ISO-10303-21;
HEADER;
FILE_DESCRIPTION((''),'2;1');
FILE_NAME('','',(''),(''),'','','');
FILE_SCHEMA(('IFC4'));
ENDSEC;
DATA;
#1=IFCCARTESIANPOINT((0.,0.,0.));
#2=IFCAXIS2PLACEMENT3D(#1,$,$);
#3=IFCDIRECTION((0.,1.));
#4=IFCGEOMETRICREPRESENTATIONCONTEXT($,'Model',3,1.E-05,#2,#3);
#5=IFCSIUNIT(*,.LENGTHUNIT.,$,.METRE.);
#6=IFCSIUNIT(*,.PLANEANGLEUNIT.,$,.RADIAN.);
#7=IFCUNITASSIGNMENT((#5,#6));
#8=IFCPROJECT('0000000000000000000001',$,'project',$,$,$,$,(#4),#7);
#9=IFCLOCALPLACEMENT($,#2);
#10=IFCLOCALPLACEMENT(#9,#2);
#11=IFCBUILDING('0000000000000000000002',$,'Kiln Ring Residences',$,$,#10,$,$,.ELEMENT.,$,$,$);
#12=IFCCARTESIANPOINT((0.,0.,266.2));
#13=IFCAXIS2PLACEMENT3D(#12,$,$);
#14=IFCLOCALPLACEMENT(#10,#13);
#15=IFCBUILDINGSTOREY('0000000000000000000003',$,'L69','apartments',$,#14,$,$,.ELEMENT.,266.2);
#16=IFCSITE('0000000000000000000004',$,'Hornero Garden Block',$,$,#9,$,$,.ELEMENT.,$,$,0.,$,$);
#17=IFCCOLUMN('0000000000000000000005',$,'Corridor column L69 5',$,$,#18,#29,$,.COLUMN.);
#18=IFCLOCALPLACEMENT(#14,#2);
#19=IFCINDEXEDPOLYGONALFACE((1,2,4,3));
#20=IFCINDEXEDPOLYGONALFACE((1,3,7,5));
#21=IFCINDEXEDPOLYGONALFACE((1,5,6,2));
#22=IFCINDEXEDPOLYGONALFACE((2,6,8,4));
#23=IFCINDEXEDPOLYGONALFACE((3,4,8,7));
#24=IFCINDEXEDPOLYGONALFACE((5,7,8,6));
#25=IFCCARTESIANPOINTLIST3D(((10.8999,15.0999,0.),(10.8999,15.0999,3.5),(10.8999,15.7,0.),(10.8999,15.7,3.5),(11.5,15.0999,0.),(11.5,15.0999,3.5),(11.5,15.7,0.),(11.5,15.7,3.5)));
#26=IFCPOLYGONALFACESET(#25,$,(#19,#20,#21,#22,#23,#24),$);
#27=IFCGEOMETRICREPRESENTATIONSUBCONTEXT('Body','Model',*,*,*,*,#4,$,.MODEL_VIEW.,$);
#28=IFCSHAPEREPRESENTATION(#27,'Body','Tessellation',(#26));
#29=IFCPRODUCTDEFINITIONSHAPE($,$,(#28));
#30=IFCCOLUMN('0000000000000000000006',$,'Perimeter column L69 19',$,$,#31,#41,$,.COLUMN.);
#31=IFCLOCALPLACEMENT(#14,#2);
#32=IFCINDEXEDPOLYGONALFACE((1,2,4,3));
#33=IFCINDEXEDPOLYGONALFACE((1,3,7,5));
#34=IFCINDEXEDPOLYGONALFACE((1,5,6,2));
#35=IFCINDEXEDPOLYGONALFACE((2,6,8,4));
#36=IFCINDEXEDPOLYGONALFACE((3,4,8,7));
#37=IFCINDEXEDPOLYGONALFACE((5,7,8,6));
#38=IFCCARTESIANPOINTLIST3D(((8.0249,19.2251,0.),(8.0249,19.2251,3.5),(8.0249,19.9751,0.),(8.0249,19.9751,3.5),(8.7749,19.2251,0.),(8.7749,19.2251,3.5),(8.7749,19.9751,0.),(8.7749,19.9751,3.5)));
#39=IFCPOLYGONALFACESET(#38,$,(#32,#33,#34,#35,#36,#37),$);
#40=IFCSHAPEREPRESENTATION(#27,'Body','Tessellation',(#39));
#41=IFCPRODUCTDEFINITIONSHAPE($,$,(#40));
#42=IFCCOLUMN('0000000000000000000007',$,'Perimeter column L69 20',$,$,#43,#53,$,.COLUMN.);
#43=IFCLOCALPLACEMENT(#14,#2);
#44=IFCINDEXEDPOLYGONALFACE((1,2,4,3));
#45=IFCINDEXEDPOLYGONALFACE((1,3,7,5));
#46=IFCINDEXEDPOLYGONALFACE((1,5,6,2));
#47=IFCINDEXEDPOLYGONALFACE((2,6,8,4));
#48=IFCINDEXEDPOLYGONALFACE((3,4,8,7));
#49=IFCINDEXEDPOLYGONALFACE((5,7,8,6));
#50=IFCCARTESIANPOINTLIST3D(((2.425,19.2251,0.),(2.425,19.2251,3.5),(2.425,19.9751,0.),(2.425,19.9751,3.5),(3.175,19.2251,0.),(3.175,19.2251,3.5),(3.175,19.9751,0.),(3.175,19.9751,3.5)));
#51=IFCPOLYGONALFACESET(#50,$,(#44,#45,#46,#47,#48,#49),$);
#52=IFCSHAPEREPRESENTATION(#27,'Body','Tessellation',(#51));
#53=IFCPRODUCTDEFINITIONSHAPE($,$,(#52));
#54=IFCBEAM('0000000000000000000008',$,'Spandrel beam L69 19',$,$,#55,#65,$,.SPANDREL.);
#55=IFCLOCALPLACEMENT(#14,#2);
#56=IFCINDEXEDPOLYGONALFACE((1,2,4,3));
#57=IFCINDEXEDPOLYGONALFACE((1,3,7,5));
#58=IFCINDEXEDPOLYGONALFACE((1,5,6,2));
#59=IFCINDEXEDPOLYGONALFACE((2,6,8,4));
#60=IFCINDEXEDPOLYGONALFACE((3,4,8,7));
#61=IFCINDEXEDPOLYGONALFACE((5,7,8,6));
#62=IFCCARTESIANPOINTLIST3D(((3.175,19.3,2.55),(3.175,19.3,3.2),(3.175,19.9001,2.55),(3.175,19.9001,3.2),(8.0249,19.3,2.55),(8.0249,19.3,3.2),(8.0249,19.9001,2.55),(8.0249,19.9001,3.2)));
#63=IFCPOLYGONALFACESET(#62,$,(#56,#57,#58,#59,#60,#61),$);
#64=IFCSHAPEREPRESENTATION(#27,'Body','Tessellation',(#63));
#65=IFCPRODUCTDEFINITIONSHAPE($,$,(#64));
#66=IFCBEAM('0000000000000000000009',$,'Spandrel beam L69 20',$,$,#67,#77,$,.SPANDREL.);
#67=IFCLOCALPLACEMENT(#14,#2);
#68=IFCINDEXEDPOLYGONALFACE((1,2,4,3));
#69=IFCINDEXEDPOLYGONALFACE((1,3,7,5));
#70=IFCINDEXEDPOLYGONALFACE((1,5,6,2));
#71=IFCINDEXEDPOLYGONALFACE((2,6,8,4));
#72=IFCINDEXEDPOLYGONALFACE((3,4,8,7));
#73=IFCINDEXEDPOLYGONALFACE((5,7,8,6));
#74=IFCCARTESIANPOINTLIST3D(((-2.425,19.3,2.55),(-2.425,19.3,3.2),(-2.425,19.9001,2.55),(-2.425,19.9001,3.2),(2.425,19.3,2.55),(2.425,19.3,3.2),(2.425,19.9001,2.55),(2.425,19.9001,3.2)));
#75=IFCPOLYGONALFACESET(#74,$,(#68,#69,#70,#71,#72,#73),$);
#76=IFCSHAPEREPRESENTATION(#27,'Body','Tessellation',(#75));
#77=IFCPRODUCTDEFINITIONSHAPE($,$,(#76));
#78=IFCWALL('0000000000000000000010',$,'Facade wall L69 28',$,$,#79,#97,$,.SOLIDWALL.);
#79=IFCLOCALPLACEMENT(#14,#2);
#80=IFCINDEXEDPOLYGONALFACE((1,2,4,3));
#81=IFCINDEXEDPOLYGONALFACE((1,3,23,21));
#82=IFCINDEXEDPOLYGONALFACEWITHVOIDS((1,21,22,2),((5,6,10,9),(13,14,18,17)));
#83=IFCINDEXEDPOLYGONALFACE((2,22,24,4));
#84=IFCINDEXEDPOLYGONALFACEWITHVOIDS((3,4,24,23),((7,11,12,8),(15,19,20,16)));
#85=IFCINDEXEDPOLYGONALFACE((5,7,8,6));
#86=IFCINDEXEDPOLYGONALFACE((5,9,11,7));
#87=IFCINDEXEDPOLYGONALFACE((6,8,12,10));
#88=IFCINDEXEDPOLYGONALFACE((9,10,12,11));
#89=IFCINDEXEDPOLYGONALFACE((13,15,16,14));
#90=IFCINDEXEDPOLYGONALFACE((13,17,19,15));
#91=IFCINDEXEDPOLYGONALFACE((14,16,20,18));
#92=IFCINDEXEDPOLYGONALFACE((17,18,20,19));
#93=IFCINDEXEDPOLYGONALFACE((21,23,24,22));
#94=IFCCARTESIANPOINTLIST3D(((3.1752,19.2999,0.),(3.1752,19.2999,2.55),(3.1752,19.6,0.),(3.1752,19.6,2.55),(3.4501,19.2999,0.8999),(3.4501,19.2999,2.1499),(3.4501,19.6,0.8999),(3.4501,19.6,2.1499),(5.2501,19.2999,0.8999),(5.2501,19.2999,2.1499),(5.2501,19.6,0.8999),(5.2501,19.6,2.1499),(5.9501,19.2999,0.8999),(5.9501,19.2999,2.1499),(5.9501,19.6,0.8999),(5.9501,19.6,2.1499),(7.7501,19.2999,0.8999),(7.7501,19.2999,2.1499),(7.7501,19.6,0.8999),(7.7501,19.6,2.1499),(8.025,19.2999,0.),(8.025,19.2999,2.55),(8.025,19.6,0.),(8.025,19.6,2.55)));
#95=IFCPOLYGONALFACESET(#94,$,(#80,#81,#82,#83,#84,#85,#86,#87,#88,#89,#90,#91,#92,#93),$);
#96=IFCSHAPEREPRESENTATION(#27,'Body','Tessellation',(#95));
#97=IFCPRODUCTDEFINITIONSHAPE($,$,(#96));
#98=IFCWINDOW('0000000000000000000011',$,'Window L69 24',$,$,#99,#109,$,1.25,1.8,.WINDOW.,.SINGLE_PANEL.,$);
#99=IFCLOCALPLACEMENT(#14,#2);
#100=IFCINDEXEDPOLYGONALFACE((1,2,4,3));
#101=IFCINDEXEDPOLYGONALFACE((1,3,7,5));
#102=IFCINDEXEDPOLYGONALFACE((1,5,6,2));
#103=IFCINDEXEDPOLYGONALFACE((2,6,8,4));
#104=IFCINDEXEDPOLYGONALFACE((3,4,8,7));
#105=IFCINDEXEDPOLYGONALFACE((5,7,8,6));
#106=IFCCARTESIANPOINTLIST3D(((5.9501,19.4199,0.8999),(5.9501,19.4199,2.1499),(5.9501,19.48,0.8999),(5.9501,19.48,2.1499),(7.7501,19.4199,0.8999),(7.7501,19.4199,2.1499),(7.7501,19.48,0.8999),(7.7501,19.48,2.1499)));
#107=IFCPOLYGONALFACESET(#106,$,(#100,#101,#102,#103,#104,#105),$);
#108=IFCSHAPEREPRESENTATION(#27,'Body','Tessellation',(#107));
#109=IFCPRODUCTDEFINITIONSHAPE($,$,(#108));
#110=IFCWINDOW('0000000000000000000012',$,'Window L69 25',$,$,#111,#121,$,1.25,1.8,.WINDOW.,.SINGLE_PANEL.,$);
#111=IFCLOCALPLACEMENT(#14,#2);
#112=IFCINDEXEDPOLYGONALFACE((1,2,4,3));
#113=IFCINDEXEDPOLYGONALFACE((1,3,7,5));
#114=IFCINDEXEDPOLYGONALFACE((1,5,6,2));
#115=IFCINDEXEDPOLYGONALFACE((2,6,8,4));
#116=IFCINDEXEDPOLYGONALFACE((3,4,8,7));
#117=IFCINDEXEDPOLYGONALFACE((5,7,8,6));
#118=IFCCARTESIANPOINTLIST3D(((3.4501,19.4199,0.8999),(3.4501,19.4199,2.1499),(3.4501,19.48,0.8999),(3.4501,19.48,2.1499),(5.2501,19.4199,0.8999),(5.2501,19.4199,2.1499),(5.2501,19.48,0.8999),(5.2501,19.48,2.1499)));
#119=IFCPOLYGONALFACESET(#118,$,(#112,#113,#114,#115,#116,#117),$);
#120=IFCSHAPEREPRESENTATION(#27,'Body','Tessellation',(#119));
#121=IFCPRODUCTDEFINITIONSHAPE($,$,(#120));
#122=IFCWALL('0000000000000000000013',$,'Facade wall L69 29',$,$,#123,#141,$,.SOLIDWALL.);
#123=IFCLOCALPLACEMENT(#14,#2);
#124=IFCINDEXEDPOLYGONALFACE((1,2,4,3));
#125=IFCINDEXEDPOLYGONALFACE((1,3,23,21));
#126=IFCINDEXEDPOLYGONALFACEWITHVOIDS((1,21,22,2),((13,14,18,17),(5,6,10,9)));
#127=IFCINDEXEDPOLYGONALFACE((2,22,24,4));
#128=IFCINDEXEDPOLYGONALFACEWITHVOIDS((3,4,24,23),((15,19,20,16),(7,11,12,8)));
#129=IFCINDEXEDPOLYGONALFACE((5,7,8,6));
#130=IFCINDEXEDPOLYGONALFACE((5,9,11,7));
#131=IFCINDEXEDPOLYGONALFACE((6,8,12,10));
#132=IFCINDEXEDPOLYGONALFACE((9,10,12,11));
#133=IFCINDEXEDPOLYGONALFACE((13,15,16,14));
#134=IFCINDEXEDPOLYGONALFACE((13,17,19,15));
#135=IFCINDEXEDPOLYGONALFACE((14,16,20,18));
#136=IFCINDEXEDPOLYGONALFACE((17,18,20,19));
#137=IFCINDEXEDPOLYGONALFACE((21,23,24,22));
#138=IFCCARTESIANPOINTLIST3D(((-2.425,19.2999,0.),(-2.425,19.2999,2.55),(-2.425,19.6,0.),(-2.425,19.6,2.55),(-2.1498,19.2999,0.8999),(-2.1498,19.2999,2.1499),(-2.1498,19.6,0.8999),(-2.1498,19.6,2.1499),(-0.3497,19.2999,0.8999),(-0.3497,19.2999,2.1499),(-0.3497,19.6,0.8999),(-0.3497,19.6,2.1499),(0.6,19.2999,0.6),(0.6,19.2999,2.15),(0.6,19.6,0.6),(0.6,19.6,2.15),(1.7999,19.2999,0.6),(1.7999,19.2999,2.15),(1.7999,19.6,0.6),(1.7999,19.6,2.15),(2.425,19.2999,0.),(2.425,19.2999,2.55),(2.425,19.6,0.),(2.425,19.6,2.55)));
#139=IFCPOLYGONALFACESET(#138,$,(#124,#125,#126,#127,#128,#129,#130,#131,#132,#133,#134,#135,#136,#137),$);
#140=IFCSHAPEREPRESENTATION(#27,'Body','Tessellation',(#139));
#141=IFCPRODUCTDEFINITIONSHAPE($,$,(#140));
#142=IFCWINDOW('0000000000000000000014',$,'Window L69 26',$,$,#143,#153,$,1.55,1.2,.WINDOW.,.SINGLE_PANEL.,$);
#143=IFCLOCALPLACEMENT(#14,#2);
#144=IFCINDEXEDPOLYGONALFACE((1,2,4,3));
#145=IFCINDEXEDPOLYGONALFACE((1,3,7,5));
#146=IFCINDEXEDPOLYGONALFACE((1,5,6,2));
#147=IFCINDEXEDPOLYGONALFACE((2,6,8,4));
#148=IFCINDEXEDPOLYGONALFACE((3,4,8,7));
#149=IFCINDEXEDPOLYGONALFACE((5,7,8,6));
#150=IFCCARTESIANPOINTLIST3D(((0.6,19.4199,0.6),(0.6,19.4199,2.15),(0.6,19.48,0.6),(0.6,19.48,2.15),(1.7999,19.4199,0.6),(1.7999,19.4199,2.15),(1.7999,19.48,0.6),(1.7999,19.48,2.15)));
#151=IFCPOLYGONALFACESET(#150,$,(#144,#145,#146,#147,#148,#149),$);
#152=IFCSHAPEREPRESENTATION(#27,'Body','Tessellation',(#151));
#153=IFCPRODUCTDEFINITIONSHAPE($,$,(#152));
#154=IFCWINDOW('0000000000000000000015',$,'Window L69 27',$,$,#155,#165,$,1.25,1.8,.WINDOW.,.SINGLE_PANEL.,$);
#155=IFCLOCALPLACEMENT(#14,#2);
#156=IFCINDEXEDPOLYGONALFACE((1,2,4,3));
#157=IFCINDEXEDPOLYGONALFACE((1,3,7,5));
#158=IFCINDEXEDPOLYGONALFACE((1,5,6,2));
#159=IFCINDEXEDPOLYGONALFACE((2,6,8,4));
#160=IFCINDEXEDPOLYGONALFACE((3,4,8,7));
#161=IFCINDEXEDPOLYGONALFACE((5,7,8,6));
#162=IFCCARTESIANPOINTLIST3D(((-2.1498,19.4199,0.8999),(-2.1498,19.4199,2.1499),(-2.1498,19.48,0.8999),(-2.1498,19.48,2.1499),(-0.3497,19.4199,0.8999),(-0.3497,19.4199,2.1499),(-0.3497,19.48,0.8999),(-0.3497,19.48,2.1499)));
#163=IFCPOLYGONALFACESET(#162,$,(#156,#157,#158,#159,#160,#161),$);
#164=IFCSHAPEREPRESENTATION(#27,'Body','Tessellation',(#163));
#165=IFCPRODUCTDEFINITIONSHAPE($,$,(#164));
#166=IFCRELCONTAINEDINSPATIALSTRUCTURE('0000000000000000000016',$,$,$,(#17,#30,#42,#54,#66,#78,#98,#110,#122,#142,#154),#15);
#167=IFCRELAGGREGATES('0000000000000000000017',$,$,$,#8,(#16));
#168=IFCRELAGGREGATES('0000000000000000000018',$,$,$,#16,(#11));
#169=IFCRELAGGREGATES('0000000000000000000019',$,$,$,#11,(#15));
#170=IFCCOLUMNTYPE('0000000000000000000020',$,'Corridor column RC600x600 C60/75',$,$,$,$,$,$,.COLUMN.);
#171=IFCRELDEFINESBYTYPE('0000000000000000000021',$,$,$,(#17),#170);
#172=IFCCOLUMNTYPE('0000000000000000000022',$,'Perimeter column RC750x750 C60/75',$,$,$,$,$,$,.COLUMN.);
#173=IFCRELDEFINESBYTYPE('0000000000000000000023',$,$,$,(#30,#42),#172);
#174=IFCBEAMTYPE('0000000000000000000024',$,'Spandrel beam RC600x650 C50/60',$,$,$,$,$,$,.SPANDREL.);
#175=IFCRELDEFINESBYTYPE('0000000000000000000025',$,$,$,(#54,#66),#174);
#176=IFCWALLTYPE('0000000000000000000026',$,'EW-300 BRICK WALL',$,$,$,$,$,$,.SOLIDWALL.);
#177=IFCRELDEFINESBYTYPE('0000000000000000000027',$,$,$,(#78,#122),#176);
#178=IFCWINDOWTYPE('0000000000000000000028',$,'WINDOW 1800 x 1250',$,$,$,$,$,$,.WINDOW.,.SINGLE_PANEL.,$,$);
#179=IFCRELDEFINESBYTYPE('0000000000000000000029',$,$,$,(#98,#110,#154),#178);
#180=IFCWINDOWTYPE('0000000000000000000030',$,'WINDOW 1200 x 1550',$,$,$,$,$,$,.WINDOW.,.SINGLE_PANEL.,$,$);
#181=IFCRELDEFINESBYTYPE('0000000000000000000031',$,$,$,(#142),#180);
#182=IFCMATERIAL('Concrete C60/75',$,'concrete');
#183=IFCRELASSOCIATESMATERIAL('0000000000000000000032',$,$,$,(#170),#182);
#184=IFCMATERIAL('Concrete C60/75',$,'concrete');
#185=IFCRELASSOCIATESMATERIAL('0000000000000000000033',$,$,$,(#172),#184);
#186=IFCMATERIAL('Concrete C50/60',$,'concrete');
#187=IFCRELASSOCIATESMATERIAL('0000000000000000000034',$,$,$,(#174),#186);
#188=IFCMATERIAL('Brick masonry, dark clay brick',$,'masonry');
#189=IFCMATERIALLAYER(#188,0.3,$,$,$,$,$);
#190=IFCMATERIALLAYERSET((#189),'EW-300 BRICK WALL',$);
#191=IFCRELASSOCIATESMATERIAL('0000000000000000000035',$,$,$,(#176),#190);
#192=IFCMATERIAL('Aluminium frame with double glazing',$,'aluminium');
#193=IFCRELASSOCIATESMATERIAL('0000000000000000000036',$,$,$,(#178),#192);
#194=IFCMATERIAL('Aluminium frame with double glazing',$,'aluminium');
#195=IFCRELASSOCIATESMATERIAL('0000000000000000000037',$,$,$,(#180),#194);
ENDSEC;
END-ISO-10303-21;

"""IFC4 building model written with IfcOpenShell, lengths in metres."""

from ifc_helpers import new_model, si_unit, direction, frame, frame_2d, origin, origin_2d, place, context, subcontext, project, spatial, rectangle, extrude, material, layer, layer_set, material_profile, profile_set, type_object, element, fill, save


model = new_model("IFC4")

# Units and contexts
model_context = context("Model", 3, precision=1e-05, world=origin(), true_north=direction((0.0, 1.0)))
body_context = subcontext(model_context, "Body", "Model", "MODEL_VIEW")
ifc_project = project(units=[si_unit("LENGTHUNIT", "METRE"), si_unit("PLANEANGLEUNIT", "RADIAN")], contexts=[model_context])

# Site, building, storey
site_placement = place(None, origin())
site = spatial("IfcSite", under=ifc_project, at=site_placement, Name="Hornero Garden Block", CompositionType="ELEMENT", RefElevation=0.0)
building_placement = place(site_placement, origin())
building = spatial("IfcBuilding", under=site, at=building_placement, Name="Kiln Ring Residences", CompositionType="ELEMENT")
storey_placement = place(building_placement, frame((0.0, 0.0, 266.2)))
storey = spatial("IfcBuildingStorey", under=building, at=storey_placement, Name="L69", Description="apartments", CompositionType="ELEMENT", Elevation=266.2)

# Columns
ifc_material_1 = material(Name="Concrete C60/75", Category="concrete")
ifc_material_profile_1 = material_profile(ifc_material_1, rectangle(XDim=0.6001, YDim=0.6001, at=origin_2d()), Name="RC600x600")
ifc_profile_set_1 = profile_set([ifc_material_profile_1], Name="Concrete C60/75")
column_type_1 = type_object("IfcColumnType", Name="Corridor column RC600x600 C60/75", PredefinedType="COLUMN", material=ifc_profile_set_1)
column_placement = place(storey_placement, frame((11.2, 15.3999, 0.0), z_axis=(0.0, 0.0, 1.0), x_axis=(1.0, 0.0, 0.0)))
element("IfcColumn", 1, at=column_placement, inside=storey, type_object=column_type_1, Name="Corridor column L69 5", PredefinedType="COLUMN", context=body_context, shape_type="SweptSolid", body=[
    extrude(rectangle(XDim=0.6001, YDim=0.6001, at=origin_2d()), origin(), (0.0, 0.0, 1.0), 3.5),
])
ifc_material_2 = material(Name="Concrete C60/75", Category="concrete")
ifc_material_profile_2 = material_profile(ifc_material_2, rectangle(XDim=0.75, YDim=0.75, at=origin_2d()), Name="RC750x750")
ifc_profile_set_2 = profile_set([ifc_material_profile_2], Name="Concrete C60/75")
column_type_2 = type_object("IfcColumnType", Name="Perimeter column RC750x750 C60/75", PredefinedType="COLUMN", material=ifc_profile_set_2)
for number, where, z_axis, x_axis, name in (
    (2, (8.3999, 19.6001, 0.0), (0.0, 0.0, 1.0), (1.0, 0.0, 0.0), "Perimeter column L69 19"),
    (3, (2.8, 19.6001, 0.0), (0.0, 0.0, 1.0), (1.0, 0.0, 0.0), "Perimeter column L69 20"),
):
    element("IfcColumn", number, at=place(storey_placement, frame(where, z_axis=z_axis, x_axis=x_axis)), inside=storey, type_object=column_type_2, Name=name, PredefinedType="COLUMN", context=body_context, shape_type="SweptSolid", body=[
        extrude(rectangle(XDim=0.75, YDim=0.75, at=origin_2d()), origin(), (0.0, 0.0, 1.0), 3.5),
    ])

# Beams
ifc_material_3 = material(Name="Concrete C50/60", Category="concrete")
ifc_material_profile_3 = material_profile(ifc_material_3, rectangle(XDim=0.6001, YDim=0.6499, at=origin_2d()), Name="RC600x650")
ifc_profile_set_3 = profile_set([ifc_material_profile_3], Name="Concrete C50/60")
beam_type = type_object("IfcBeamType", Name="Spandrel beam RC600x650 C50/60", PredefinedType="SPANDREL", material=ifc_profile_set_3)
beam_1_placement = place(storey_placement, frame((8.0249, 19.6001, 2.875), z_axis=(-1.0, 0.0, 0.0), x_axis=(0.0, -1.0, 0.0)))
element("IfcBeam", 4, at=beam_1_placement, inside=storey, type_object=beam_type, Name="Spandrel beam L69 19", PredefinedType="SPANDREL", context=body_context, shape_type="SweptSolid", body=[
    extrude(rectangle(XDim=0.6001, YDim=0.6499, at=origin_2d()), origin(), (0.0, 0.0, 1.0), 4.8499),
])
beam_2_placement = place(storey_placement, frame((2.425, 19.6001, 2.875), z_axis=(-1.0, 0.0, 0.0), x_axis=(0.0, -1.0, 0.0)))
element("IfcBeam", 5, at=beam_2_placement, inside=storey, type_object=beam_type, Name="Spandrel beam L69 20", PredefinedType="SPANDREL", context=body_context, shape_type="SweptSolid", body=[
    extrude(rectangle(XDim=0.6001, YDim=0.6499, at=origin_2d()), origin(), (0.0, 0.0, 1.0), 4.8501),
])

# Walls, openings, windows
ifc_material_4 = material(Name="Brick masonry, dark clay brick", Category="masonry")
ifc_layer_1 = layer(ifc_material_4, 0.3)
ifc_layer_set_1 = layer_set([ifc_layer_1], Name="EW-300 BRICK WALL")
wall_type_1 = type_object("IfcWallType", Name="EW-300 BRICK WALL", PredefinedType="SOLIDWALL", material=ifc_layer_set_1)
wall_1_placement = place(storey_placement, frame((8.0249, 19.45, 0.0), z_axis=(0.0, 0.0, 1.0), x_axis=(-1.0, 0.0, 0.0)))
wall_1 = element("IfcWall", 6, at=wall_1_placement, inside=storey, type_object=wall_type_1, Name="Facade wall L69 28", PredefinedType="SOLIDWALL", context=body_context, shape_type="SweptSolid", body=[
    extrude(rectangle(XDim=4.8499, YDim=0.3, at=frame_2d((2.4248, 0.0))), origin(), (0.0, 0.0, 1.0), 2.55),
])
opening_1_placement = place(wall_1_placement, frame((0.2749, 0.0, 0.8999)))
opening_1 = element("IfcOpeningElement", 7, at=opening_1_placement, cuts=wall_1, PredefinedType="OPENING", context=body_context, shape_type="SweptSolid", body=[
    extrude(rectangle(XDim=1.8, YDim=1.25, at=frame_2d((0.8999, 0.625))), frame((0.0, 0.1599, 0.0), z_axis=(0.0, -1.0, 0.0), x_axis=(1.0, 0.0, 0.0)), (0.0, 0.0, 1.0), 0.3201),
])
opening_2_placement = place(wall_1_placement, frame((2.7749, 0.0, 0.8999)))
opening_2 = element("IfcOpeningElement", 8, at=opening_2_placement, cuts=wall_1, PredefinedType="OPENING", context=body_context, shape_type="SweptSolid", body=[
    extrude(rectangle(XDim=1.8, YDim=1.25, at=frame_2d((0.8999, 0.625))), frame((0.0, 0.1599, 0.0), z_axis=(0.0, -1.0, 0.0), x_axis=(1.0, 0.0, 0.0)), (0.0, 0.0, 1.0), 0.3201),
])
ifc_material_5 = material(Name="Aluminium frame with double glazing", Category="aluminium")
window_type_1 = type_object("IfcWindowType", Name="WINDOW 1800 x 1250", PartitioningType="SINGLE_PANEL", PredefinedType="WINDOW", material=ifc_material_5)
window_1_placement = place(opening_1_placement, origin())
window_1 = element("IfcWindow", 9, at=window_1_placement, inside=storey, type_object=window_type_1, Name="Window L69 24", OverallHeight=1.25, OverallWidth=1.8, PartitioningType="SINGLE_PANEL", PredefinedType="WINDOW", context=body_context, shape_type="SweptSolid", body=[
    extrude(rectangle(XDim=1.8, YDim=1.25, at=frame_2d((0.8999, 0.625))), frame((0.0, 0.03, 0.0), z_axis=(0.0, -1.0, 0.0), x_axis=(1.0, 0.0, 0.0)), (0.0, 0.0, 1.0), 0.0601),
])
fill(opening_1, window_1)
window_2_placement = place(opening_2_placement, origin())
window_2 = element("IfcWindow", 10, at=window_2_placement, inside=storey, type_object=window_type_1, Name="Window L69 25", OverallHeight=1.25, OverallWidth=1.8, PartitioningType="SINGLE_PANEL", PredefinedType="WINDOW", context=body_context, shape_type="SweptSolid", body=[
    extrude(rectangle(XDim=1.8, YDim=1.25, at=frame_2d((0.8999, 0.625))), frame((0.0, 0.03, 0.0), z_axis=(0.0, -1.0, 0.0), x_axis=(1.0, 0.0, 0.0)), (0.0, 0.0, 1.0), 0.0601),
])
fill(opening_2, window_2)
wall_2_placement = place(storey_placement, frame((2.425, 19.45, 0.0), z_axis=(0.0, 0.0, 1.0), x_axis=(-1.0, 0.0, 0.0)))
wall_2 = element("IfcWall", 11, at=wall_2_placement, inside=storey, type_object=wall_type_1, Name="Facade wall L69 29", PredefinedType="SOLIDWALL", context=body_context, shape_type="SweptSolid", body=[
    extrude(rectangle(XDim=4.8501, YDim=0.3, at=frame_2d((2.425, 0.0))), origin(), (0.0, 0.0, 1.0), 2.55),
])
opening_3_placement = place(wall_2_placement, frame((0.625, 0.0, 0.6001)))
opening_3 = element("IfcOpeningElement", 12, at=opening_3_placement, cuts=wall_2, PredefinedType="OPENING", context=body_context, shape_type="SweptSolid", body=[
    extrude(rectangle(XDim=1.2, YDim=1.55, at=frame_2d((0.6001, 0.7749))), frame((0.0, 0.1599, 0.0), z_axis=(0.0, -1.0, 0.0), x_axis=(1.0, 0.0, 0.0)), (0.0, 0.0, 1.0), 0.3201),
])
opening_4_placement = place(wall_2_placement, frame((2.7749, 0.0, 0.8999)))
opening_4 = element("IfcOpeningElement", 13, at=opening_4_placement, cuts=wall_2, PredefinedType="OPENING", context=body_context, shape_type="SweptSolid", body=[
    extrude(rectangle(XDim=1.8, YDim=1.25, at=frame_2d((0.8999, 0.625))), frame((0.0, 0.1599, 0.0), z_axis=(0.0, -1.0, 0.0), x_axis=(1.0, 0.0, 0.0)), (0.0, 0.0, 1.0), 0.3201),
])
ifc_material_6 = material(Name="Aluminium frame with double glazing", Category="aluminium")
window_type_2 = type_object("IfcWindowType", Name="WINDOW 1200 x 1550", PartitioningType="SINGLE_PANEL", PredefinedType="WINDOW", material=ifc_material_6)
window_3_placement = place(opening_3_placement, origin())
window_3 = element("IfcWindow", 14, at=window_3_placement, inside=storey, type_object=window_type_2, Name="Window L69 26", OverallHeight=1.55, OverallWidth=1.2, PartitioningType="SINGLE_PANEL", PredefinedType="WINDOW", context=body_context, shape_type="SweptSolid", body=[
    extrude(rectangle(XDim=1.2, YDim=1.55, at=frame_2d((0.6001, 0.7749))), frame((0.0, 0.03, 0.0), z_axis=(0.0, -1.0, 0.0), x_axis=(1.0, 0.0, 0.0)), (0.0, 0.0, 1.0), 0.0601),
])
fill(opening_3, window_3)
window_4_placement = place(opening_4_placement, origin())
window_4 = element("IfcWindow", 15, at=window_4_placement, inside=storey, type_object=window_type_1, Name="Window L69 27", OverallHeight=1.25, OverallWidth=1.8, PartitioningType="SINGLE_PANEL", PredefinedType="WINDOW", context=body_context, shape_type="SweptSolid", body=[
    extrude(rectangle(XDim=1.8, YDim=1.25, at=frame_2d((0.8999, 0.625))), frame((0.0, 0.03, 0.0), z_axis=(0.0, -1.0, 0.0), x_axis=(1.0, 0.0, 0.0)), (0.0, 0.0, 1.0), 0.0601),
])
fill(opening_4, window_4)

save(model, "model.ifc")
